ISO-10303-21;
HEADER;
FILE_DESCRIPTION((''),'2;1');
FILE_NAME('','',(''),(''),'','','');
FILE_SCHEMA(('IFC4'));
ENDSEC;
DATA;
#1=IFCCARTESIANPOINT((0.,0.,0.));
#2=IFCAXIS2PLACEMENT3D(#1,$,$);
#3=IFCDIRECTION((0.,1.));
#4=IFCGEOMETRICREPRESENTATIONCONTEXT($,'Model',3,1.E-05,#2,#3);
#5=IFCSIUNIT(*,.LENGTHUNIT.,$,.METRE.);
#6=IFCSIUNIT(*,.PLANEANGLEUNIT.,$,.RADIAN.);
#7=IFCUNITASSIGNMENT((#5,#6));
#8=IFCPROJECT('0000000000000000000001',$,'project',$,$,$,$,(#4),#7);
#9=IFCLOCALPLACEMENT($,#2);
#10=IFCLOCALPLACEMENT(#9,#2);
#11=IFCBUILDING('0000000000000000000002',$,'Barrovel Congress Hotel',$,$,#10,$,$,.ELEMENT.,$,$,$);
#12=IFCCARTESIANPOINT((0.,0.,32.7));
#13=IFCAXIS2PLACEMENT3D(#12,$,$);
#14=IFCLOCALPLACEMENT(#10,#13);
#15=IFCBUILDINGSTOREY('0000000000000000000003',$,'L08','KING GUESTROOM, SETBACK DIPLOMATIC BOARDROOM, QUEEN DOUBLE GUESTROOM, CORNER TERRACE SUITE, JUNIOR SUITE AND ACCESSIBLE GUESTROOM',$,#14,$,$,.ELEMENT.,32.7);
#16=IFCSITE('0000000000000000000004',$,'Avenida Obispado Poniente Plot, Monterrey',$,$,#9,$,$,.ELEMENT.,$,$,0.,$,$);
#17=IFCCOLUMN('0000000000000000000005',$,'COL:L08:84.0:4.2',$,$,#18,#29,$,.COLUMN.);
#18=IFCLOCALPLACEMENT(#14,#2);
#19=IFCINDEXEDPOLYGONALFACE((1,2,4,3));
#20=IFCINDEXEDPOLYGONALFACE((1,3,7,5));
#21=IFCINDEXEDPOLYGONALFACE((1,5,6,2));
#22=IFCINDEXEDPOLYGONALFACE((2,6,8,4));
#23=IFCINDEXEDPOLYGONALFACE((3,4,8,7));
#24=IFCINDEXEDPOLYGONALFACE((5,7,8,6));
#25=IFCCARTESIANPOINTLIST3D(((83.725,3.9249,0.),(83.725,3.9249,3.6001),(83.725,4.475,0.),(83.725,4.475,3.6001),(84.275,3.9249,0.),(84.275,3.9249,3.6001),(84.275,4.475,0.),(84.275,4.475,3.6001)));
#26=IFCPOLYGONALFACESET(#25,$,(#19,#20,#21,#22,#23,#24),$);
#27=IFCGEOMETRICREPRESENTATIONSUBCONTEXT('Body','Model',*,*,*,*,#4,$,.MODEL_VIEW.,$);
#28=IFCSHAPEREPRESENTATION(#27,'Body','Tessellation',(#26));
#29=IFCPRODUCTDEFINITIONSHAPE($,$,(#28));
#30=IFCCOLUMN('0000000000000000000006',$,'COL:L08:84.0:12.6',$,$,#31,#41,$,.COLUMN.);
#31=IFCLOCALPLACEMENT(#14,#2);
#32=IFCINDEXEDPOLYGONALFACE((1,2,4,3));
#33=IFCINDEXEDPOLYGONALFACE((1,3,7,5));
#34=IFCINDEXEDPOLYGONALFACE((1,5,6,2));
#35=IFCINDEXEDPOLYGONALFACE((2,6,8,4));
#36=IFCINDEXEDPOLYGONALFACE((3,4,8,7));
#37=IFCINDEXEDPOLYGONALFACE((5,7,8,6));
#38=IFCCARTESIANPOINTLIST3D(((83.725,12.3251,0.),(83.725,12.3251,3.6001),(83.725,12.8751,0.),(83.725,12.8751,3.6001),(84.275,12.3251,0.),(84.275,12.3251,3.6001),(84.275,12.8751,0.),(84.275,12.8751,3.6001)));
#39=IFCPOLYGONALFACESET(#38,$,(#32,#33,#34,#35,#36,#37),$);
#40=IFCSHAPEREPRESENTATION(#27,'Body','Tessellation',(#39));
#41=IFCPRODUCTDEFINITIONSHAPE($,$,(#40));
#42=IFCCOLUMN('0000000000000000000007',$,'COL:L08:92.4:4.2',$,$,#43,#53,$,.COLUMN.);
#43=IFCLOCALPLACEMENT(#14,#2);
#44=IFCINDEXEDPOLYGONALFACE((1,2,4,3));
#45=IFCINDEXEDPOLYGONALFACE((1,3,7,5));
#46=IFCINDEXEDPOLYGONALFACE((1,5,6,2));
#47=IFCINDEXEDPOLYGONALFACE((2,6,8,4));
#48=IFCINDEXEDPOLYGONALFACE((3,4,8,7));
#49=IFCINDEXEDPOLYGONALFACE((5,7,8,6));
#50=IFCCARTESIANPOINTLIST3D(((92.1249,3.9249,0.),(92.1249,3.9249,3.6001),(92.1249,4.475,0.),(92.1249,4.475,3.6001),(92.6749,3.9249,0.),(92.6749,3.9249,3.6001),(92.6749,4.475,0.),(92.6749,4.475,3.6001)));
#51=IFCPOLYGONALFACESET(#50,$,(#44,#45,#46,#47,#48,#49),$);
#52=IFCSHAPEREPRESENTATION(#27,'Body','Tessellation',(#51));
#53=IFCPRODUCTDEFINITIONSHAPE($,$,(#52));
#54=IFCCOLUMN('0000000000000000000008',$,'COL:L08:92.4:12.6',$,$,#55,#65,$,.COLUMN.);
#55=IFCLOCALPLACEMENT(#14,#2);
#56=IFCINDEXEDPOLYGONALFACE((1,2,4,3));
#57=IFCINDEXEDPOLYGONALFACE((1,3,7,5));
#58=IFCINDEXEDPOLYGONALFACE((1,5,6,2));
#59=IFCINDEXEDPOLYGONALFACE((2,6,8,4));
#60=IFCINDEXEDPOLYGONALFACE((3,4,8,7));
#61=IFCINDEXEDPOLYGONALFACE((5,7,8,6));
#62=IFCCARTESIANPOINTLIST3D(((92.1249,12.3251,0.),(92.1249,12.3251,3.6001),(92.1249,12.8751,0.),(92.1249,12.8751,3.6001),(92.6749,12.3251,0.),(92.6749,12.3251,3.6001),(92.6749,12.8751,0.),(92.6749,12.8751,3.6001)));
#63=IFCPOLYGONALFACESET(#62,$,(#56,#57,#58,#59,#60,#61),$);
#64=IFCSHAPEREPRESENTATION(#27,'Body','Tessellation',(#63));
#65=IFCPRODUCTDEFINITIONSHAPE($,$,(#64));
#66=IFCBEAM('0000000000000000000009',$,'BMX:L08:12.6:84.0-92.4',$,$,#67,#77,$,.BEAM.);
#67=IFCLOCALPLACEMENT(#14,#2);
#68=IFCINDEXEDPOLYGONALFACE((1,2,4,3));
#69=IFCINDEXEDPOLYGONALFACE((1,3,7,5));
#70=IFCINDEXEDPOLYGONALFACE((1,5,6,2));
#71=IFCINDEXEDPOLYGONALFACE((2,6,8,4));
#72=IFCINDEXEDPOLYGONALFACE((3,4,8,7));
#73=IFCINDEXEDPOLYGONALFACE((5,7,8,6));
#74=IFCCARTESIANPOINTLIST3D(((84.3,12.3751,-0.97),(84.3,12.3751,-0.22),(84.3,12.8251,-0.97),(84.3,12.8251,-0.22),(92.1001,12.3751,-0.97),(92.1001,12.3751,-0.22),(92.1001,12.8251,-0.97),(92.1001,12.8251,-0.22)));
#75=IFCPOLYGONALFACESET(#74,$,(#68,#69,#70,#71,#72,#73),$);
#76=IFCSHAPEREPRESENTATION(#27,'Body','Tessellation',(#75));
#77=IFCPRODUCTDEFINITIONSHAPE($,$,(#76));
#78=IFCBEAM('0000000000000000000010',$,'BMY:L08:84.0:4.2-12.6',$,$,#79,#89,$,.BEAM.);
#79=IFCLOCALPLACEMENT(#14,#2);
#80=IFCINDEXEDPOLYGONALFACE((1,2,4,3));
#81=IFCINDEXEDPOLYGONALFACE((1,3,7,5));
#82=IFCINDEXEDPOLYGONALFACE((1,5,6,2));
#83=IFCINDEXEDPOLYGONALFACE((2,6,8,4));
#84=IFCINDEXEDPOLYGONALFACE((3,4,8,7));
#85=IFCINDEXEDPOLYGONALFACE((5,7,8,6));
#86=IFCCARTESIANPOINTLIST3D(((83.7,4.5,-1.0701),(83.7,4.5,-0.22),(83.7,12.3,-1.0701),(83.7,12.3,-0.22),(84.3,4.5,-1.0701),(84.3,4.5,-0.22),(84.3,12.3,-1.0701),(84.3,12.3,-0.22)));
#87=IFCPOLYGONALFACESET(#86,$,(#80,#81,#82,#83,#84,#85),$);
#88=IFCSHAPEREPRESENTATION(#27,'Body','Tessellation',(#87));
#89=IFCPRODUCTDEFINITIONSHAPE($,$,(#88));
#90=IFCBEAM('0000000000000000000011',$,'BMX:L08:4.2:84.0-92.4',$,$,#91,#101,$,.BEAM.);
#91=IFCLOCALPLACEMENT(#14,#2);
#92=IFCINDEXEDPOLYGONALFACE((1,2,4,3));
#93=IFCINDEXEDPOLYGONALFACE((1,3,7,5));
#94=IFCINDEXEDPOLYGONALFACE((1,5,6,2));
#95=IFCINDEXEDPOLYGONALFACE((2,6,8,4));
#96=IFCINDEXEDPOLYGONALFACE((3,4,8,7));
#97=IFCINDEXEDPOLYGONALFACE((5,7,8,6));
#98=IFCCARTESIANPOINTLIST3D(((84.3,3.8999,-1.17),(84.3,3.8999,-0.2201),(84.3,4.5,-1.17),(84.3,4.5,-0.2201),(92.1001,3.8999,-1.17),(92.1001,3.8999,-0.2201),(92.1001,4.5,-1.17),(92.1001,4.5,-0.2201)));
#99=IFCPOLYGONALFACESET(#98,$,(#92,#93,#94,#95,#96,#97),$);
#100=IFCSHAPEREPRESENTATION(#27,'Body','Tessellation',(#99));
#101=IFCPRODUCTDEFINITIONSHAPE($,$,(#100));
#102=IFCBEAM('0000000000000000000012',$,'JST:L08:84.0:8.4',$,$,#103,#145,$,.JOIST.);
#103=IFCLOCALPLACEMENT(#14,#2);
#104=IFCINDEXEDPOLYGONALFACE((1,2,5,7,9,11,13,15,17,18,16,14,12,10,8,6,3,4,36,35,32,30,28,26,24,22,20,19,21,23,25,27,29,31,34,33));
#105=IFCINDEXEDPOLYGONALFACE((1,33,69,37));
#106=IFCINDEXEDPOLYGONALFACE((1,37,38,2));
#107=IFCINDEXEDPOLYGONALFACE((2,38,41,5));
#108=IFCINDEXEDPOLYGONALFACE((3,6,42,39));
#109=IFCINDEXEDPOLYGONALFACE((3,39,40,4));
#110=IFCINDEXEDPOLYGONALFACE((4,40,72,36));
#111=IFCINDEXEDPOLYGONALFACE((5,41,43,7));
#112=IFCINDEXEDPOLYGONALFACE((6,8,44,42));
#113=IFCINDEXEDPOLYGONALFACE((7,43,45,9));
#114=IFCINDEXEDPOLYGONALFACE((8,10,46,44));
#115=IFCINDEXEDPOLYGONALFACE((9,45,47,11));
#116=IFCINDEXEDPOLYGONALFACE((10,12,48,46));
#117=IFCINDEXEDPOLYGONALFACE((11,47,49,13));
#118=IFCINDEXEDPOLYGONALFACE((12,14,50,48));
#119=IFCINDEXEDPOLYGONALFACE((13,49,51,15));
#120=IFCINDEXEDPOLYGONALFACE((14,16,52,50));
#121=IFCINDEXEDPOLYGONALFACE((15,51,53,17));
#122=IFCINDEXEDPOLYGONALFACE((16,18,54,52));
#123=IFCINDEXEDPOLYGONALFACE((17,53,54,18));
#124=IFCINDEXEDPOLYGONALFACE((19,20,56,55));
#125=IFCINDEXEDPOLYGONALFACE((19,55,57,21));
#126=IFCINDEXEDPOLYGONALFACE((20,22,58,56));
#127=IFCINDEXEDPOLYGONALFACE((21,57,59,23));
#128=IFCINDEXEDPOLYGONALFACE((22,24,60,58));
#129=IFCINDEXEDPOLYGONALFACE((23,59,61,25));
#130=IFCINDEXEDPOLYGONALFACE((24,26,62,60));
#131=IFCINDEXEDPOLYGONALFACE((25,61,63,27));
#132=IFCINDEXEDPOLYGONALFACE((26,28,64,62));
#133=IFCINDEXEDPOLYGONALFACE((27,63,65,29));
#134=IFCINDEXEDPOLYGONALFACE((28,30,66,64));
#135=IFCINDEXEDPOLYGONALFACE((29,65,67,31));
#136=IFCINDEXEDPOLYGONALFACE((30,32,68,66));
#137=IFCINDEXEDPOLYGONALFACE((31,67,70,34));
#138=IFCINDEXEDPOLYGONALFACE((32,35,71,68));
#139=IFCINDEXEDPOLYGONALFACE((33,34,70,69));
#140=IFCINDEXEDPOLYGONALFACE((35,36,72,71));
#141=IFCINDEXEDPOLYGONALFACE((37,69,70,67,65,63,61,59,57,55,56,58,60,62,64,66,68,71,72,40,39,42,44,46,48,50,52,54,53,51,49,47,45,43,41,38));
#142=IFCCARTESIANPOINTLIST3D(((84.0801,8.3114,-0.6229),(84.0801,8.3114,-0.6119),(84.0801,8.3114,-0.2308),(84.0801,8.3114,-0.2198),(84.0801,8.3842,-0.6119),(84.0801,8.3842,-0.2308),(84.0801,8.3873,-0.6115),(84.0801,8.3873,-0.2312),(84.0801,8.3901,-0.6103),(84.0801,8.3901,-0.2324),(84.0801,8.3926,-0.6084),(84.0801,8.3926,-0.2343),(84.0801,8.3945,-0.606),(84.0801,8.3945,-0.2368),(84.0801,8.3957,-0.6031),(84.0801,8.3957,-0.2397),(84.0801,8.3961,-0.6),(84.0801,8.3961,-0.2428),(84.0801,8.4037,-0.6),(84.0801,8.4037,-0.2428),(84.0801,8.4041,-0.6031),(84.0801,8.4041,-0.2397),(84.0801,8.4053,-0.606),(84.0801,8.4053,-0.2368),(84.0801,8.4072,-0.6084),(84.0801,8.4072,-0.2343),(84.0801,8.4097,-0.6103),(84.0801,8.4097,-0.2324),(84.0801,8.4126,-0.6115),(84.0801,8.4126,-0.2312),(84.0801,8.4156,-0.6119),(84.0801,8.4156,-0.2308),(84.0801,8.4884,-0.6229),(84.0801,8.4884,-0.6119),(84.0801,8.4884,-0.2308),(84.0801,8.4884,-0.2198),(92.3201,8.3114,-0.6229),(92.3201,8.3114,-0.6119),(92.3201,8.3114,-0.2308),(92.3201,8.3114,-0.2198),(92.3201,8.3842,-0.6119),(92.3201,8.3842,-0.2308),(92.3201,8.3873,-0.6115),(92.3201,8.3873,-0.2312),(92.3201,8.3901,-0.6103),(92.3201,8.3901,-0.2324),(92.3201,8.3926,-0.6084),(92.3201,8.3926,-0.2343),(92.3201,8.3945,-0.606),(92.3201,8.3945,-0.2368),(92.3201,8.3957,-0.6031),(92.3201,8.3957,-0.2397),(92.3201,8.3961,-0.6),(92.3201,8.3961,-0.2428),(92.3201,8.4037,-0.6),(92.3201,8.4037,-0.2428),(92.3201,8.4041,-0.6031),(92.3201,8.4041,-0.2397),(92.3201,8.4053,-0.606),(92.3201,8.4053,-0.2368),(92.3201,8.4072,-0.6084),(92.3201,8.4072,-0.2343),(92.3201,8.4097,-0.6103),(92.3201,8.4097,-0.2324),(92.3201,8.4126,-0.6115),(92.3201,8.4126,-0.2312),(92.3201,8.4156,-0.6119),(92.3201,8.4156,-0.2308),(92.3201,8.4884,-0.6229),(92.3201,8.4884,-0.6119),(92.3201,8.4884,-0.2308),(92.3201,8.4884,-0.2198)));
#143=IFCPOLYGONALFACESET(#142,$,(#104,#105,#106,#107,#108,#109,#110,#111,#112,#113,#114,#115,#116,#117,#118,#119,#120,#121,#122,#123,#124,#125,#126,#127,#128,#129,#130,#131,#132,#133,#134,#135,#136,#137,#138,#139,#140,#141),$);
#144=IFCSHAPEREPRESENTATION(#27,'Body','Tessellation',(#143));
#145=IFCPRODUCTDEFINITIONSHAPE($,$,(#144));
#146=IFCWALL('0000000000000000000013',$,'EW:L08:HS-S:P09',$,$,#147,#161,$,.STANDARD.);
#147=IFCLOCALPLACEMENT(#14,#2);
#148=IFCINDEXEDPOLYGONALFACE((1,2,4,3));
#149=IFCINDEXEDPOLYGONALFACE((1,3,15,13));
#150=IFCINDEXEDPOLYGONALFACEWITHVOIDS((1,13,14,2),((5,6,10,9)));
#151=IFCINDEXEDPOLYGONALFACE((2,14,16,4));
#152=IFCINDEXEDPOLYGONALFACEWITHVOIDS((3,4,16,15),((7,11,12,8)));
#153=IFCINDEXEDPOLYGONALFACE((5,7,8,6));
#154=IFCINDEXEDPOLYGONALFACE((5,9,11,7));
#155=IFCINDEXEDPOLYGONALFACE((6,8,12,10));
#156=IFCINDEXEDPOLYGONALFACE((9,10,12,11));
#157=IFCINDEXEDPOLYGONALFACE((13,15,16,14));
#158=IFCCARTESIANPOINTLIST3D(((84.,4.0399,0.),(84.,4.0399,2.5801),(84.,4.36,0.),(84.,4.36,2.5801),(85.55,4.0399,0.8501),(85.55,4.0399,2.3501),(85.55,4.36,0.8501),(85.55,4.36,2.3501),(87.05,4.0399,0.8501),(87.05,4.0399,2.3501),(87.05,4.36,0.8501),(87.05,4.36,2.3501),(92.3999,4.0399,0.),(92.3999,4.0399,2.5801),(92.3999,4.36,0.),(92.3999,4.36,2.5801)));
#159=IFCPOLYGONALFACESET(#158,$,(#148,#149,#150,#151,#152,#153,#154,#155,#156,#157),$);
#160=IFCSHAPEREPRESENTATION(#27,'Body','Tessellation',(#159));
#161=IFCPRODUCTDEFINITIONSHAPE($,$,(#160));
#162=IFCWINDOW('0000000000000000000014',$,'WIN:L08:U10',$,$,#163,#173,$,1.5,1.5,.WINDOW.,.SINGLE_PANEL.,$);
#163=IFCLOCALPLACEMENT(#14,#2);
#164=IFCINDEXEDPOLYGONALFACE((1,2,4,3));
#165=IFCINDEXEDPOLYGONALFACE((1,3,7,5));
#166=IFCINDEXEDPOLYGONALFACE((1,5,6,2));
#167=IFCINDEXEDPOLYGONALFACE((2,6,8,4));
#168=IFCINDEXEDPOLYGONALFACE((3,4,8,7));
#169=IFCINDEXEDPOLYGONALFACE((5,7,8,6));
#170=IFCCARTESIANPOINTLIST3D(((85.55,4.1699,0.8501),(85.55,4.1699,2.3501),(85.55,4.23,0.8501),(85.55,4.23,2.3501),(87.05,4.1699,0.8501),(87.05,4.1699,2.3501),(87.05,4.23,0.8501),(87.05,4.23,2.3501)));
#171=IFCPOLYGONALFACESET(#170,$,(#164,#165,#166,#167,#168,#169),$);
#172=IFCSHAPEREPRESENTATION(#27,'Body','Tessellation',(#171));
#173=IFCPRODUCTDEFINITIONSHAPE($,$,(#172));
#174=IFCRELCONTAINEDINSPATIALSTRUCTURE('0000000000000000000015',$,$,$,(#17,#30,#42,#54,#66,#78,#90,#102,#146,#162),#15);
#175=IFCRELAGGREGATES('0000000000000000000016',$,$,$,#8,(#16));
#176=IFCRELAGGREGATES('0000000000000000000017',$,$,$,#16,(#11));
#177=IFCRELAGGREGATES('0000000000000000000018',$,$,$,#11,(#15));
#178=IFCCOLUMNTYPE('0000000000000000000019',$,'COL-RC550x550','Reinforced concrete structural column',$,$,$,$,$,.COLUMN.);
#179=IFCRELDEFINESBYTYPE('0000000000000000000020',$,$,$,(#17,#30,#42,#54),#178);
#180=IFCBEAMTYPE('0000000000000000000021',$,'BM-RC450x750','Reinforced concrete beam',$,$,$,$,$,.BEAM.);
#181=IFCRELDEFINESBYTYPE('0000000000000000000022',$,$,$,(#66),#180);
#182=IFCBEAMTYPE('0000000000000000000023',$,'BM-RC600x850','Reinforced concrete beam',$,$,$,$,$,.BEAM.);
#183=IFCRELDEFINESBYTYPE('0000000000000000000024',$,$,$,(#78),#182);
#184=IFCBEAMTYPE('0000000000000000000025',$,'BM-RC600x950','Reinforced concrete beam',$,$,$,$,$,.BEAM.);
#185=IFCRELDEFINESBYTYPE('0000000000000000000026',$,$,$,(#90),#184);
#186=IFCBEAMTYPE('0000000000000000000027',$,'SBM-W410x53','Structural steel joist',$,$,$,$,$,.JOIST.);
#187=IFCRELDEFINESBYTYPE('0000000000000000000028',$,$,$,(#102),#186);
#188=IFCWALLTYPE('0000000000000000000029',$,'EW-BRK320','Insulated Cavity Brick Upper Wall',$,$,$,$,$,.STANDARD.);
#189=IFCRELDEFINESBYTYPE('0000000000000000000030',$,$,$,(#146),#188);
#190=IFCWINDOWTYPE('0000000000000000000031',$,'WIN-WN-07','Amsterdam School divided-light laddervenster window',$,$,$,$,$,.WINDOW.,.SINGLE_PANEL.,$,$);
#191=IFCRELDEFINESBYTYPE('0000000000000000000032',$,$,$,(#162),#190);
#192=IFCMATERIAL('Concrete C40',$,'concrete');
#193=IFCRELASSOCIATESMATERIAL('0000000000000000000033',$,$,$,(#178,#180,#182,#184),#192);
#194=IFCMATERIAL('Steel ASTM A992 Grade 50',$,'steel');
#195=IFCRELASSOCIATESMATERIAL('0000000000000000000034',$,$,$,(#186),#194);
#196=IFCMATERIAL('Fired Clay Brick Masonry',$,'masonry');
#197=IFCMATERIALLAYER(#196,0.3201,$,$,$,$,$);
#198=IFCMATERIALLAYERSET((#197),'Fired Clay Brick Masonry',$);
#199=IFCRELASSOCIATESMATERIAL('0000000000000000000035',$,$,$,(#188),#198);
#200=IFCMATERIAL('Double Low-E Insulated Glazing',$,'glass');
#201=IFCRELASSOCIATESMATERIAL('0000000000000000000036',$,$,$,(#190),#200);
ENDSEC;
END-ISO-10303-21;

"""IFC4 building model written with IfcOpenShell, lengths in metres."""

from ifc_helpers import new_model, si_unit, direction, frame, frame_2d, origin, origin_2d, place, context, subcontext, project, spatial, rectangle, i_section, extrude, material, layer, layer_set, material_profile, profile_set, type_object, element, fill, save


model = new_model("IFC4")

# Units and contexts
model_context = context("Model", 3, precision=1e-05, world=origin(), true_north=direction((0.0, 1.0)))
body_context = subcontext(model_context, "Body", "Model", "MODEL_VIEW")
ifc_project = project(units=[si_unit("LENGTHUNIT", "METRE"), si_unit("PLANEANGLEUNIT", "RADIAN")], contexts=[model_context])

# Site, building, storey
site_placement = place(None, origin())
site = spatial("IfcSite", under=ifc_project, at=site_placement, Name="Avenida Obispado Poniente Plot, Monterrey", CompositionType="ELEMENT", RefElevation=0.0)
building_placement = place(site_placement, origin())
building = spatial("IfcBuilding", under=site, at=building_placement, Name="Barrovel Congress Hotel", CompositionType="ELEMENT")
storey_placement = place(building_placement, frame((0.0, 0.0, 32.7)))
storey = spatial("IfcBuildingStorey", under=building, at=storey_placement, Name="L08", Description="KING GUESTROOM, SETBACK DIPLOMATIC BOARDROOM, QUEEN DOUBLE GUESTROOM, CORNER TERRACE SUITE, JUNIOR SUITE AND ACCESSIBLE GUESTROOM", CompositionType="ELEMENT", Elevation=32.7)

# Columns
ifc_material_1 = material(Name="Concrete C40", Category="concrete")
ifc_material_profile_1 = material_profile(ifc_material_1, rectangle(XDim=0.55, YDim=0.55, at=origin_2d()), Name="RC550x550")
ifc_profile_set_1 = profile_set([ifc_material_profile_1], Name="Concrete C40")
column_type = type_object("IfcColumnType", Name="COL-RC550x550", Description="Reinforced concrete structural column", PredefinedType="COLUMN", material=ifc_profile_set_1)
for number, where, z_axis, x_axis, name in (
    (1, (84.0, 4.2, 0.0), (0.0, 0.0, 1.0), (1.0, 0.0, 0.0), "COL:L08:84.0:4.2"),
    (2, (84.0, 12.6001, 0.0), (0.0, 0.0, 1.0), (1.0, 0.0, 0.0), "COL:L08:84.0:12.6"),
    (3, (92.3999, 4.2, 0.0), (0.0, 0.0, 1.0), (1.0, 0.0, 0.0), "COL:L08:92.4:4.2"),
    (4, (92.3999, 12.6001, 0.0), (0.0, 0.0, 1.0), (1.0, 0.0, 0.0), "COL:L08:92.4:12.6"),
):
    element("IfcColumn", number, at=place(storey_placement, frame(where, z_axis=z_axis, x_axis=x_axis)), inside=storey, type_object=column_type, Name=name, PredefinedType="COLUMN", context=body_context, shape_type="SweptSolid", body=[
        extrude(rectangle(XDim=0.55, YDim=0.55, at=origin_2d()), origin(), (0.0, 0.0, 1.0), 3.6001),
    ])

# Beams
ifc_material_profile_2 = material_profile(ifc_material_1, rectangle(XDim=0.45, YDim=0.75, at=origin_2d()), Name="RC450x750")
ifc_profile_set_2 = profile_set([ifc_material_profile_2], Name="Concrete C40")
beam_type_1 = type_object("IfcBeamType", Name="BM-RC450x750", Description="Reinforced concrete beam", PredefinedType="BEAM", material=ifc_profile_set_2)
beam_1_placement = place(storey_placement, frame((84.3, 12.6001, -0.595), z_axis=(1.0, 0.0, 0.0), x_axis=(0.0, 1.0, 0.0)))
element("IfcBeam", 5, at=beam_1_placement, inside=storey, type_object=beam_type_1, Name="BMX:L08:12.6:84.0-92.4", PredefinedType="BEAM", context=body_context, shape_type="SweptSolid", body=[
    extrude(rectangle(XDim=0.45, YDim=0.75, at=origin_2d()), origin(), (0.0, 0.0, 1.0), 7.8),
])
ifc_material_profile_3 = material_profile(ifc_material_1, rectangle(XDim=0.6001, YDim=0.8501, at=origin_2d()), Name="RC600x850")
ifc_profile_set_3 = profile_set([ifc_material_profile_3], Name="Concrete C40")
beam_type_2 = type_object("IfcBeamType", Name="BM-RC600x850", Description="Reinforced concrete beam", PredefinedType="BEAM", material=ifc_profile_set_3)
beam_2_placement = place(storey_placement, frame((84.0, 4.5, -0.645), z_axis=(0.0, 1.0, 0.0), x_axis=(-1.0, 0.0, 0.0)))
element("IfcBeam", 6, at=beam_2_placement, inside=storey, type_object=beam_type_2, Name="BMY:L08:84.0:4.2-12.6", PredefinedType="BEAM", context=body_context, shape_type="SweptSolid", body=[
    extrude(rectangle(XDim=0.6001, YDim=0.8501, at=origin_2d()), origin(), (0.0, 0.0, 1.0), 7.8),
])
ifc_material_profile_4 = material_profile(ifc_material_1, rectangle(XDim=0.6001, YDim=0.95, at=origin_2d()), Name="RC600x950")
ifc_profile_set_4 = profile_set([ifc_material_profile_4], Name="Concrete C40")
beam_type_3 = type_object("IfcBeamType", Name="BM-RC600x950", Description="Reinforced concrete beam", PredefinedType="BEAM", material=ifc_profile_set_4)
beam_3_placement = place(storey_placement, frame((84.3, 4.2, -0.6951), z_axis=(1.0, 0.0, 0.0), x_axis=(0.0, 1.0, 0.0)))
element("IfcBeam", 7, at=beam_3_placement, inside=storey, type_object=beam_type_3, Name="BMX:L08:4.2:84.0-92.4", PredefinedType="BEAM", context=body_context, shape_type="SweptSolid", body=[
    extrude(rectangle(XDim=0.6001, YDim=0.95, at=origin_2d()), origin(), (0.0, 0.0, 1.0), 7.8),
])
ifc_material_2 = material(Name="Steel ASTM A992 Grade 50", Category="steel")
ifc_material_profile_5 = material_profile(ifc_material_2, i_section(OverallWidth=0.177, OverallDepth=0.4031, WebThickness=0.0076, FlangeThickness=0.011, FilletRadius=0.012, at=origin_2d()), Name="W410x53")
ifc_profile_set_5 = profile_set([ifc_material_profile_5], Name="Steel ASTM A992 Grade 50")
beam_type_4 = type_object("IfcBeamType", Name="SBM-W410x53", Description="Structural steel joist", PredefinedType="JOIST", material=ifc_profile_set_5)
beam_4_placement = place(storey_placement, frame((84.0801, 8.3999, -0.4214), z_axis=(1.0, 0.0, 0.0), x_axis=(0.0, 1.0, 0.0)))
element("IfcBeam", 8, at=beam_4_placement, inside=storey, type_object=beam_type_4, Name="JST:L08:84.0:8.4", PredefinedType="JOIST", context=body_context, shape_type="SweptSolid", body=[
    extrude(i_section(OverallWidth=0.177, OverallDepth=0.4031, WebThickness=0.0076, FlangeThickness=0.011, FilletRadius=0.012, at=origin_2d()), origin(), (0.0, 0.0, 1.0), 8.24),
])

# Wall, opening, window
ifc_material_3 = material(Name="Fired Clay Brick Masonry", Category="masonry")
ifc_layer_1 = layer(ifc_material_3, 0.3201)
ifc_layer_set_1 = layer_set([ifc_layer_1], Name="Fired Clay Brick Masonry")
wall_type_1 = type_object("IfcWallType", Name="EW-BRK320", Description="Insulated Cavity Brick Upper Wall", PredefinedType="STANDARD", material=ifc_layer_set_1)
wall_1_placement = place(storey_placement, frame((84.0, 4.2, 0.0), z_axis=(0.0, 0.0, 1.0), x_axis=(1.0, 0.0, 0.0)))
wall_1 = element("IfcWall", 9, at=wall_1_placement, inside=storey, type_object=wall_type_1, Name="EW:L08:HS-S:P09", PredefinedType="STANDARD", context=body_context, shape_type="SweptSolid", body=[
    extrude(rectangle(XDim=8.3999, YDim=0.3201, at=frame_2d((4.2, 0.0))), origin(), (0.0, 0.0, 1.0), 2.5801),
])
opening_1_placement = place(wall_1_placement, frame((1.55, 0.0, 0.8501)))
opening_1 = element("IfcOpeningElement", 10, at=opening_1_placement, cuts=wall_1, PredefinedType="OPENING", context=body_context, shape_type="SweptSolid", body=[
    extrude(rectangle(XDim=1.5, YDim=1.5, at=frame_2d((0.75, 0.75))), frame((0.0, 0.1699, 0.0), z_axis=(0.0, -1.0, 0.0), x_axis=(1.0, 0.0, 0.0)), (0.0, 0.0, 1.0), 0.3401),
])
ifc_material_4 = material(Name="Double Low-E Insulated Glazing", Category="glass")
window_type = type_object("IfcWindowType", Name="WIN-WN-07", Description="Amsterdam School divided-light laddervenster window", PartitioningType="SINGLE_PANEL", PredefinedType="WINDOW", material=ifc_material_4)
window_placement = place(opening_1_placement, origin())
window = element("IfcWindow", 11, at=window_placement, inside=storey, type_object=window_type, Name="WIN:L08:U10", OverallHeight=1.5, OverallWidth=1.5, PartitioningType="SINGLE_PANEL", PredefinedType="WINDOW", context=body_context, shape_type="SweptSolid", body=[
    extrude(rectangle(XDim=1.5, YDim=1.5, at=frame_2d((0.75, 0.75))), frame((0.0, 0.03, 0.0), z_axis=(0.0, -1.0, 0.0), x_axis=(1.0, 0.0, 0.0)), (0.0, 0.0, 1.0), 0.0601),
])
fill(opening_1, window)

save(model, "model.ifc")
